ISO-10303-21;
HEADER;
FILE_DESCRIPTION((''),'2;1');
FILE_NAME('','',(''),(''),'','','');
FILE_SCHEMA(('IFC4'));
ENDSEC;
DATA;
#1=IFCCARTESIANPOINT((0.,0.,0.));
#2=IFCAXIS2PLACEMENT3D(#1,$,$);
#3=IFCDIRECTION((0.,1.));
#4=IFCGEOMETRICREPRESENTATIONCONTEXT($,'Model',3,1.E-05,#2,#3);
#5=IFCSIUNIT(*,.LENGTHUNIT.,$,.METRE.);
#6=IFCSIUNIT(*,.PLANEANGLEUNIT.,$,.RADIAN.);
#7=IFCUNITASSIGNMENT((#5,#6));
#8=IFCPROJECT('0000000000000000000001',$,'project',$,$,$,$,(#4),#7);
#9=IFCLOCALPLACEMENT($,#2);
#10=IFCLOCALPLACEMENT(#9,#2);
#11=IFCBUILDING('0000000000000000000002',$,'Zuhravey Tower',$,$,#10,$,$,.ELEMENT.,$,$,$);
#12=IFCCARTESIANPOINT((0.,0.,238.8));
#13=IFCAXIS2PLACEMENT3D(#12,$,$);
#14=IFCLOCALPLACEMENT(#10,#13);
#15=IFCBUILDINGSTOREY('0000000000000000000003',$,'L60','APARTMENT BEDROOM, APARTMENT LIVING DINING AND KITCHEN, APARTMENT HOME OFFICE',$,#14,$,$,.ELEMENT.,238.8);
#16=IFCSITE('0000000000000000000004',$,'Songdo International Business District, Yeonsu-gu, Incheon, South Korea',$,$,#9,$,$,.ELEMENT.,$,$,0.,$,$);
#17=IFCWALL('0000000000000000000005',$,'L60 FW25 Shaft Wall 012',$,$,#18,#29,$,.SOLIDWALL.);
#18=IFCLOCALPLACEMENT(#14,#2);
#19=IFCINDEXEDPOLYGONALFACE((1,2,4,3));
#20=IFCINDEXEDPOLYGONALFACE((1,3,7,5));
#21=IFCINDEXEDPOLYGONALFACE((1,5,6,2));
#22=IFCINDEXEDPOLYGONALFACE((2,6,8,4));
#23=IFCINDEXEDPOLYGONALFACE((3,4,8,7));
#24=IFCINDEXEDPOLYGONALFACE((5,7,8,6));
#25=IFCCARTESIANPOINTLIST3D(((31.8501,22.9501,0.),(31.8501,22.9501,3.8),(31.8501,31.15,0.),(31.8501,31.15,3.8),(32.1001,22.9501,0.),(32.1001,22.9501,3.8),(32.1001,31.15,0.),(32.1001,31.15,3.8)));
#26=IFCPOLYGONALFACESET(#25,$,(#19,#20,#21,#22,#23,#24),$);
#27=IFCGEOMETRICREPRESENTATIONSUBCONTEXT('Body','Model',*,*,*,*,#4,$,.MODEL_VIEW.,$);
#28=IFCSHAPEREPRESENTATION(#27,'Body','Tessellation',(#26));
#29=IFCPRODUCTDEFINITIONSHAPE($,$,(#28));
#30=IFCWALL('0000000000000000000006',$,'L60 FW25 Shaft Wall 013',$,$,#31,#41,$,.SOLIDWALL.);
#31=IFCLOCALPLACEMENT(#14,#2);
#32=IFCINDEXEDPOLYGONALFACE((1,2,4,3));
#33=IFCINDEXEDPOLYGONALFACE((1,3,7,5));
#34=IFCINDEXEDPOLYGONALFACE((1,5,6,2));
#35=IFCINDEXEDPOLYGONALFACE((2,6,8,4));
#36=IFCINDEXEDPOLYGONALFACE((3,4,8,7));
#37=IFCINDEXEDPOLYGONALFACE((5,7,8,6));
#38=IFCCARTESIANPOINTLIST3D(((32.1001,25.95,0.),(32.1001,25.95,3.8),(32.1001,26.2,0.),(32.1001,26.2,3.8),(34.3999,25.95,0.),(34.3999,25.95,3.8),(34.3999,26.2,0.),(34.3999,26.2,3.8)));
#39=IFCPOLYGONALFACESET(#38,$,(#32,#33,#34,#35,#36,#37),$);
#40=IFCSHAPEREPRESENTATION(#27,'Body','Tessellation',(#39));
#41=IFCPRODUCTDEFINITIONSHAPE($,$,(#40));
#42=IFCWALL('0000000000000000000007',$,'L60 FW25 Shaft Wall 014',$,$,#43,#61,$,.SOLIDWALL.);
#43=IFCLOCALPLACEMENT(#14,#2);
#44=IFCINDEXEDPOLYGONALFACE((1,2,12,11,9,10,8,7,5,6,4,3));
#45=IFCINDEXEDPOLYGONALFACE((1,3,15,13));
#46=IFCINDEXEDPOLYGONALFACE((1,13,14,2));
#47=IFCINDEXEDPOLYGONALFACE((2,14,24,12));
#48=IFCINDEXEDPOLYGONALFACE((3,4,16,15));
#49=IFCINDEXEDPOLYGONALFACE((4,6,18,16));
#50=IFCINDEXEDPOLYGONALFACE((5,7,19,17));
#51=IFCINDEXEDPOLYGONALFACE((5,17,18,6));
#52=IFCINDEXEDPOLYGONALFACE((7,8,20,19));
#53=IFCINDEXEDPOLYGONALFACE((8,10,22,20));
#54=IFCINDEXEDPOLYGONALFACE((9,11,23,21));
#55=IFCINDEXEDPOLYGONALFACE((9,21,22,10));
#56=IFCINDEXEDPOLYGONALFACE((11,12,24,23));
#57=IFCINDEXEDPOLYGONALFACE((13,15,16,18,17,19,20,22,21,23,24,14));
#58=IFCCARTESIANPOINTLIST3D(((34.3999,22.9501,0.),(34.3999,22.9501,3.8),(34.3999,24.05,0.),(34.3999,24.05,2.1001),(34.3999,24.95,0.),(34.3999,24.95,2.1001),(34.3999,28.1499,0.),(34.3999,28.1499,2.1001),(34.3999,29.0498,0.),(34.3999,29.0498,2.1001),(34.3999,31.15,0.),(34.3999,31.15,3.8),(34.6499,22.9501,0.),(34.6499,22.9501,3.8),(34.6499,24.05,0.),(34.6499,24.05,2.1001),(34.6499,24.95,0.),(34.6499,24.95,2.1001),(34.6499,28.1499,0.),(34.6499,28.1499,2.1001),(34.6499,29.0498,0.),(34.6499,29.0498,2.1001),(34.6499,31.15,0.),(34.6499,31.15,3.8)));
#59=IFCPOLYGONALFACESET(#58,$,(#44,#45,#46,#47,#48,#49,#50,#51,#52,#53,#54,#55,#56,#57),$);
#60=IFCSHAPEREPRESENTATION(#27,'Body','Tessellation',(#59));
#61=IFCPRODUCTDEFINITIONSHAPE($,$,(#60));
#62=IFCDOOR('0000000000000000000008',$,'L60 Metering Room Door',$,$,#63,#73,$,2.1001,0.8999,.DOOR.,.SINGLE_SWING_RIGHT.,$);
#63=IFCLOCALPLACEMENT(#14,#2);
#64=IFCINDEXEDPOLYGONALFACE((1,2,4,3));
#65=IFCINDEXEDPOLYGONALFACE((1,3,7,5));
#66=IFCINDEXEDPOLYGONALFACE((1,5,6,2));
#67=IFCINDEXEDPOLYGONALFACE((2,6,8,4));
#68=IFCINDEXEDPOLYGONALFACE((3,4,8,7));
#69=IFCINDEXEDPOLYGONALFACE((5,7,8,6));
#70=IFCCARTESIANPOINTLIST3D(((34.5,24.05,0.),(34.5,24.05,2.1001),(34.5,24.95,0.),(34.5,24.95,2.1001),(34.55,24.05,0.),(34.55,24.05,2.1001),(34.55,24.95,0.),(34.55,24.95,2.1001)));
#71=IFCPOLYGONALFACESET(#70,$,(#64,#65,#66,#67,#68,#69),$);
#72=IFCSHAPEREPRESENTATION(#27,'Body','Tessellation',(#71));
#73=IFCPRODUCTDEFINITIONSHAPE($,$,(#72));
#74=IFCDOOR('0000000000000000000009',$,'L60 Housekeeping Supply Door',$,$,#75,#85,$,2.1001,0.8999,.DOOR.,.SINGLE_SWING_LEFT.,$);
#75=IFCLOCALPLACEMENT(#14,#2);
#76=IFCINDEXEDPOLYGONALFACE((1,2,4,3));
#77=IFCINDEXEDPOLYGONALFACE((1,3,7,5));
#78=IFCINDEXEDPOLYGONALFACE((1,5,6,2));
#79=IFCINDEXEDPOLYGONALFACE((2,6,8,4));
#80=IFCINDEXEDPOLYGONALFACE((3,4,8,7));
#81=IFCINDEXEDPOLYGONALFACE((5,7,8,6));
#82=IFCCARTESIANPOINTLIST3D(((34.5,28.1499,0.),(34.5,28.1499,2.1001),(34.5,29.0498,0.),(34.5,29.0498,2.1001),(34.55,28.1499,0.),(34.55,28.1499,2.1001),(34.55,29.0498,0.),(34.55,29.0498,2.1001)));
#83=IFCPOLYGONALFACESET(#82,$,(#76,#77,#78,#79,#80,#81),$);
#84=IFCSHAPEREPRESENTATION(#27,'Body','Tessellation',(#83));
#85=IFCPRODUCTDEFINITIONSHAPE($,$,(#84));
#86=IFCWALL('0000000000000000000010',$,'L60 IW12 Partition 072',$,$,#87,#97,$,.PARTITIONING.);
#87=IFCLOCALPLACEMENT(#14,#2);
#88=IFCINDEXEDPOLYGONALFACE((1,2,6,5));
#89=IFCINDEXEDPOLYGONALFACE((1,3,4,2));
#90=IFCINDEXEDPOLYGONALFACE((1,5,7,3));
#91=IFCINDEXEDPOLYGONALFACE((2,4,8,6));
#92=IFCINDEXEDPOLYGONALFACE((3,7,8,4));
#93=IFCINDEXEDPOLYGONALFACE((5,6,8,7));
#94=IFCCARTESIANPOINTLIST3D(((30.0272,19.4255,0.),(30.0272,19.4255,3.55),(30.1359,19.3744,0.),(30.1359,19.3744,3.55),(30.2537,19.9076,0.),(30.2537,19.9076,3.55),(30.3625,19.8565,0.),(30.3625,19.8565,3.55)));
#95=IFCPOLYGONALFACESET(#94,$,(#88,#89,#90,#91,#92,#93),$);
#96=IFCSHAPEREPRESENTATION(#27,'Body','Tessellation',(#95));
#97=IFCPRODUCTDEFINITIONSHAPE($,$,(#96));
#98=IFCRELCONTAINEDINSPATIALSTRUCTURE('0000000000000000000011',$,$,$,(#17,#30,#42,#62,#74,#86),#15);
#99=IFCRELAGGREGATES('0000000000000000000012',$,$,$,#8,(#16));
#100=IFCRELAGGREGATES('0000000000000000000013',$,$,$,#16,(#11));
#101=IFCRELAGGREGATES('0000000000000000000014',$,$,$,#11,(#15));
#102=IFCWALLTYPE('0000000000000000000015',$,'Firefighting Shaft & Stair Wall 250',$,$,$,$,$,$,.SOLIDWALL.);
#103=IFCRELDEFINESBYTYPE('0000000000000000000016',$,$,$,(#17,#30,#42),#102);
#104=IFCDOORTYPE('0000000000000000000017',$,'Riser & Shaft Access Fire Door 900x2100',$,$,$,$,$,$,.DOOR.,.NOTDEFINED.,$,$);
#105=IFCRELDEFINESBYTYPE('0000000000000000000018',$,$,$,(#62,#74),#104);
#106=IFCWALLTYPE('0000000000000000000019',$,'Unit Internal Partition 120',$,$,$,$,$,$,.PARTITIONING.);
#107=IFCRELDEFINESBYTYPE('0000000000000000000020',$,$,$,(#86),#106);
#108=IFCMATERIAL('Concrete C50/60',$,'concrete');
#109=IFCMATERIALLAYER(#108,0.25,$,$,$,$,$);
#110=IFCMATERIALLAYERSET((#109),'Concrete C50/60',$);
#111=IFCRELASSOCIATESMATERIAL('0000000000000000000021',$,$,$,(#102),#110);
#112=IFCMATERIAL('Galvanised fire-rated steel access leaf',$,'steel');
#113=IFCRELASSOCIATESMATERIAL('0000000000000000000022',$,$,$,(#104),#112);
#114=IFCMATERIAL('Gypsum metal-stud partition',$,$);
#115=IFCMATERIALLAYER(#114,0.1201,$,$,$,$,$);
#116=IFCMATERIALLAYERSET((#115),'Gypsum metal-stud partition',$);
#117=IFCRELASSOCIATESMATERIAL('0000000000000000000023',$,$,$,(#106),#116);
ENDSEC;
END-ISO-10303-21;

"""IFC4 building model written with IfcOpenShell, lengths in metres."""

from ifc_helpers import new_model, si_unit, direction, frame, frame_2d, origin, place, context, subcontext, project, spatial, rectangle, extrude, material, layer, layer_set, type_object, element, fill, save


model = new_model("IFC4")

# Units and contexts
model_context = context("Model", 3, precision=1e-05, world=origin(), true_north=direction((0.0, 1.0)))
body_context = subcontext(model_context, "Body", "Model", "MODEL_VIEW")
ifc_project = project(units=[si_unit("LENGTHUNIT", "METRE"), si_unit("PLANEANGLEUNIT", "RADIAN")], contexts=[model_context])

# Site, building, storey
site_placement = place(None, origin())
site = spatial("IfcSite", under=ifc_project, at=site_placement, Name="Songdo International Business District, Yeonsu-gu, Incheon, South Korea", CompositionType="ELEMENT", RefElevation=0.0)
building_placement = place(site_placement, origin())
building = spatial("IfcBuilding", under=site, at=building_placement, Name="Zuhravey Tower", CompositionType="ELEMENT")
storey_placement = place(building_placement, frame((0.0, 0.0, 238.8)))
storey = spatial("IfcBuildingStorey", under=building, at=storey_placement, Name="L60", Description="APARTMENT BEDROOM, APARTMENT LIVING DINING AND KITCHEN, APARTMENT HOME OFFICE", CompositionType="ELEMENT", Elevation=238.8)

# Shared definitions
ifc_material_1 = material(Name="Concrete C50/60", Category="concrete")

# Shared definitions
ifc_layer_1 = layer(ifc_material_1, 0.25)
ifc_layer_set_1 = layer_set([ifc_layer_1], Name="Concrete C50/60")
wall_type_1 = type_object("IfcWallType", Name="Firefighting Shaft & Stair Wall 250", PredefinedType="SOLIDWALL", material=ifc_layer_set_1)

# Shared definitions
ifc_material_2 = material(Name="Galvanised fire-rated steel access leaf", Category="steel")
door_type_1 = type_object("IfcDoorType", Name="Riser & Shaft Access Fire Door 900x2100", OperationType="NOTDEFINED", PredefinedType="DOOR", material=ifc_material_2)

# Walls
wall_1_placement = place(storey_placement, frame((31.9751, 22.95, 0.0), z_axis=(0.0, 0.0, 1.0), x_axis=(0.0, 1.0, 0.0)))
element("IfcWall", 1, at=wall_1_placement, inside=storey, type_object=wall_type_1, Name="L60 FW25 Shaft Wall 012", PredefinedType="SOLIDWALL", context=body_context, shape_type="SweptSolid", body=[
    extrude(rectangle(XDim=8.2, YDim=0.25, at=frame_2d((4.1001, 0.0))), origin(), (0.0, 0.0, 1.0), 3.8),
])
wall_2_placement = place(storey_placement, frame((32.1001, 26.075, 0.0), z_axis=(0.0, 0.0, 1.0), x_axis=(1.0, 0.0, 0.0)))
element("IfcWall", 2, at=wall_2_placement, inside=storey, type_object=wall_type_1, Name="L60 FW25 Shaft Wall 013", PredefinedType="SOLIDWALL", context=body_context, shape_type="SweptSolid", body=[
    extrude(rectangle(XDim=2.2998, YDim=0.25, at=frame_2d((1.1499, 0.0))), origin(), (0.0, 0.0, 1.0), 3.8),
])

# Wall, openings, doors
wall_3_placement = place(storey_placement, frame((34.5249, 22.95, 0.0), z_axis=(0.0, 0.0, 1.0), x_axis=(0.0, 1.0, 0.0)))
wall_3 = element("IfcWall", 3, at=wall_3_placement, inside=storey, type_object=wall_type_1, Name="L60 FW25 Shaft Wall 014", PredefinedType="SOLIDWALL", context=body_context, shape_type="SweptSolid", body=[
    extrude(rectangle(XDim=8.2, YDim=0.25, at=frame_2d((4.1001, 0.0))), origin(), (0.0, 0.0, 1.0), 3.8),
])
opening_1_placement = place(wall_3_placement, frame((1.1001, 0.0, 0.0)))
opening_1 = element("IfcOpeningElement", 4, at=opening_1_placement, cuts=wall_3, PredefinedType="OPENING", context=body_context, shape_type="SweptSolid", body=[
    extrude(rectangle(XDim=0.8999, YDim=2.1001, at=frame_2d((0.45, 1.05))), frame((0.0, 0.137, 0.0), z_axis=(0.0, -1.0, 0.0), x_axis=(1.0, 0.0, 0.0)), (0.0, 0.0, 1.0), 0.2739),
])
opening_2_placement = place(wall_3_placement, frame((5.2, 0.0, 0.0)))
opening_2 = element("IfcOpeningElement", 5, at=opening_2_placement, cuts=wall_3, PredefinedType="OPENING", context=body_context, shape_type="SweptSolid", body=[
    extrude(rectangle(XDim=0.8999, YDim=2.1001, at=frame_2d((0.45, 1.05))), frame((0.0, 0.137, 0.0), z_axis=(0.0, -1.0, 0.0), x_axis=(1.0, 0.0, 0.0)), (0.0, 0.0, 1.0), 0.2739),
])
door_1_placement = place(opening_1_placement, origin())
door_1 = element("IfcDoor", 6, at=door_1_placement, inside=storey, type_object=door_type_1, Name="L60 Metering Room Door", OperationType="SINGLE_SWING_RIGHT", OverallHeight=2.1001, OverallWidth=0.8999, PredefinedType="DOOR", context=body_context, shape_type="SweptSolid", body=[
    extrude(rectangle(XDim=0.8999, YDim=2.1001, at=frame_2d((0.45, 1.05))), frame((0.0, 0.0249, 0.0), z_axis=(0.0, -1.0, 0.0), x_axis=(1.0, 0.0, 0.0)), (0.0, 0.0, 1.0), 0.05),
])
fill(opening_1, door_1)
door_2_placement = place(opening_2_placement, origin())
door_2 = element("IfcDoor", 7, at=door_2_placement, inside=storey, type_object=door_type_1, Name="L60 Housekeeping Supply Door", OperationType="SINGLE_SWING_LEFT", OverallHeight=2.1001, OverallWidth=0.8999, PredefinedType="DOOR", context=body_context, shape_type="SweptSolid", body=[
    extrude(rectangle(XDim=0.8999, YDim=2.1001, at=frame_2d((0.45, 1.05))), frame((0.0, 0.0249, 0.0), z_axis=(0.0, -1.0, 0.0), x_axis=(1.0, 0.0, 0.0)), (0.0, 0.0, 1.0), 0.05),
])
fill(opening_2, door_2)

# Wall
ifc_material_3 = material(Name="Gypsum metal-stud partition")
ifc_layer_2 = layer(ifc_material_3, 0.1201)
ifc_layer_set_2 = layer_set([ifc_layer_2], Name="Gypsum metal-stud partition")
wall_type_2 = type_object("IfcWallType", Name="Unit Internal Partition 120", PredefinedType="PARTITIONING", material=ifc_layer_set_2)
wall_4_placement = place(storey_placement, frame((30.3081, 19.8821, 0.0), z_axis=(0.0, 0.0, 1.0), x_axis=(-0.425267, -0.905068, 0.0)))
element("IfcWall", 8, at=wall_4_placement, inside=storey, type_object=wall_type_2, Name="L60 IW12 Partition 072", PredefinedType="PARTITIONING", context=body_context, shape_type="SweptSolid", body=[
    extrude(rectangle(XDim=0.5327, YDim=0.1201, at=frame_2d((0.2664, 0.0))), origin(), (0.0, 0.0, 1.0), 3.55),
])

save(model, "model.ifc")
